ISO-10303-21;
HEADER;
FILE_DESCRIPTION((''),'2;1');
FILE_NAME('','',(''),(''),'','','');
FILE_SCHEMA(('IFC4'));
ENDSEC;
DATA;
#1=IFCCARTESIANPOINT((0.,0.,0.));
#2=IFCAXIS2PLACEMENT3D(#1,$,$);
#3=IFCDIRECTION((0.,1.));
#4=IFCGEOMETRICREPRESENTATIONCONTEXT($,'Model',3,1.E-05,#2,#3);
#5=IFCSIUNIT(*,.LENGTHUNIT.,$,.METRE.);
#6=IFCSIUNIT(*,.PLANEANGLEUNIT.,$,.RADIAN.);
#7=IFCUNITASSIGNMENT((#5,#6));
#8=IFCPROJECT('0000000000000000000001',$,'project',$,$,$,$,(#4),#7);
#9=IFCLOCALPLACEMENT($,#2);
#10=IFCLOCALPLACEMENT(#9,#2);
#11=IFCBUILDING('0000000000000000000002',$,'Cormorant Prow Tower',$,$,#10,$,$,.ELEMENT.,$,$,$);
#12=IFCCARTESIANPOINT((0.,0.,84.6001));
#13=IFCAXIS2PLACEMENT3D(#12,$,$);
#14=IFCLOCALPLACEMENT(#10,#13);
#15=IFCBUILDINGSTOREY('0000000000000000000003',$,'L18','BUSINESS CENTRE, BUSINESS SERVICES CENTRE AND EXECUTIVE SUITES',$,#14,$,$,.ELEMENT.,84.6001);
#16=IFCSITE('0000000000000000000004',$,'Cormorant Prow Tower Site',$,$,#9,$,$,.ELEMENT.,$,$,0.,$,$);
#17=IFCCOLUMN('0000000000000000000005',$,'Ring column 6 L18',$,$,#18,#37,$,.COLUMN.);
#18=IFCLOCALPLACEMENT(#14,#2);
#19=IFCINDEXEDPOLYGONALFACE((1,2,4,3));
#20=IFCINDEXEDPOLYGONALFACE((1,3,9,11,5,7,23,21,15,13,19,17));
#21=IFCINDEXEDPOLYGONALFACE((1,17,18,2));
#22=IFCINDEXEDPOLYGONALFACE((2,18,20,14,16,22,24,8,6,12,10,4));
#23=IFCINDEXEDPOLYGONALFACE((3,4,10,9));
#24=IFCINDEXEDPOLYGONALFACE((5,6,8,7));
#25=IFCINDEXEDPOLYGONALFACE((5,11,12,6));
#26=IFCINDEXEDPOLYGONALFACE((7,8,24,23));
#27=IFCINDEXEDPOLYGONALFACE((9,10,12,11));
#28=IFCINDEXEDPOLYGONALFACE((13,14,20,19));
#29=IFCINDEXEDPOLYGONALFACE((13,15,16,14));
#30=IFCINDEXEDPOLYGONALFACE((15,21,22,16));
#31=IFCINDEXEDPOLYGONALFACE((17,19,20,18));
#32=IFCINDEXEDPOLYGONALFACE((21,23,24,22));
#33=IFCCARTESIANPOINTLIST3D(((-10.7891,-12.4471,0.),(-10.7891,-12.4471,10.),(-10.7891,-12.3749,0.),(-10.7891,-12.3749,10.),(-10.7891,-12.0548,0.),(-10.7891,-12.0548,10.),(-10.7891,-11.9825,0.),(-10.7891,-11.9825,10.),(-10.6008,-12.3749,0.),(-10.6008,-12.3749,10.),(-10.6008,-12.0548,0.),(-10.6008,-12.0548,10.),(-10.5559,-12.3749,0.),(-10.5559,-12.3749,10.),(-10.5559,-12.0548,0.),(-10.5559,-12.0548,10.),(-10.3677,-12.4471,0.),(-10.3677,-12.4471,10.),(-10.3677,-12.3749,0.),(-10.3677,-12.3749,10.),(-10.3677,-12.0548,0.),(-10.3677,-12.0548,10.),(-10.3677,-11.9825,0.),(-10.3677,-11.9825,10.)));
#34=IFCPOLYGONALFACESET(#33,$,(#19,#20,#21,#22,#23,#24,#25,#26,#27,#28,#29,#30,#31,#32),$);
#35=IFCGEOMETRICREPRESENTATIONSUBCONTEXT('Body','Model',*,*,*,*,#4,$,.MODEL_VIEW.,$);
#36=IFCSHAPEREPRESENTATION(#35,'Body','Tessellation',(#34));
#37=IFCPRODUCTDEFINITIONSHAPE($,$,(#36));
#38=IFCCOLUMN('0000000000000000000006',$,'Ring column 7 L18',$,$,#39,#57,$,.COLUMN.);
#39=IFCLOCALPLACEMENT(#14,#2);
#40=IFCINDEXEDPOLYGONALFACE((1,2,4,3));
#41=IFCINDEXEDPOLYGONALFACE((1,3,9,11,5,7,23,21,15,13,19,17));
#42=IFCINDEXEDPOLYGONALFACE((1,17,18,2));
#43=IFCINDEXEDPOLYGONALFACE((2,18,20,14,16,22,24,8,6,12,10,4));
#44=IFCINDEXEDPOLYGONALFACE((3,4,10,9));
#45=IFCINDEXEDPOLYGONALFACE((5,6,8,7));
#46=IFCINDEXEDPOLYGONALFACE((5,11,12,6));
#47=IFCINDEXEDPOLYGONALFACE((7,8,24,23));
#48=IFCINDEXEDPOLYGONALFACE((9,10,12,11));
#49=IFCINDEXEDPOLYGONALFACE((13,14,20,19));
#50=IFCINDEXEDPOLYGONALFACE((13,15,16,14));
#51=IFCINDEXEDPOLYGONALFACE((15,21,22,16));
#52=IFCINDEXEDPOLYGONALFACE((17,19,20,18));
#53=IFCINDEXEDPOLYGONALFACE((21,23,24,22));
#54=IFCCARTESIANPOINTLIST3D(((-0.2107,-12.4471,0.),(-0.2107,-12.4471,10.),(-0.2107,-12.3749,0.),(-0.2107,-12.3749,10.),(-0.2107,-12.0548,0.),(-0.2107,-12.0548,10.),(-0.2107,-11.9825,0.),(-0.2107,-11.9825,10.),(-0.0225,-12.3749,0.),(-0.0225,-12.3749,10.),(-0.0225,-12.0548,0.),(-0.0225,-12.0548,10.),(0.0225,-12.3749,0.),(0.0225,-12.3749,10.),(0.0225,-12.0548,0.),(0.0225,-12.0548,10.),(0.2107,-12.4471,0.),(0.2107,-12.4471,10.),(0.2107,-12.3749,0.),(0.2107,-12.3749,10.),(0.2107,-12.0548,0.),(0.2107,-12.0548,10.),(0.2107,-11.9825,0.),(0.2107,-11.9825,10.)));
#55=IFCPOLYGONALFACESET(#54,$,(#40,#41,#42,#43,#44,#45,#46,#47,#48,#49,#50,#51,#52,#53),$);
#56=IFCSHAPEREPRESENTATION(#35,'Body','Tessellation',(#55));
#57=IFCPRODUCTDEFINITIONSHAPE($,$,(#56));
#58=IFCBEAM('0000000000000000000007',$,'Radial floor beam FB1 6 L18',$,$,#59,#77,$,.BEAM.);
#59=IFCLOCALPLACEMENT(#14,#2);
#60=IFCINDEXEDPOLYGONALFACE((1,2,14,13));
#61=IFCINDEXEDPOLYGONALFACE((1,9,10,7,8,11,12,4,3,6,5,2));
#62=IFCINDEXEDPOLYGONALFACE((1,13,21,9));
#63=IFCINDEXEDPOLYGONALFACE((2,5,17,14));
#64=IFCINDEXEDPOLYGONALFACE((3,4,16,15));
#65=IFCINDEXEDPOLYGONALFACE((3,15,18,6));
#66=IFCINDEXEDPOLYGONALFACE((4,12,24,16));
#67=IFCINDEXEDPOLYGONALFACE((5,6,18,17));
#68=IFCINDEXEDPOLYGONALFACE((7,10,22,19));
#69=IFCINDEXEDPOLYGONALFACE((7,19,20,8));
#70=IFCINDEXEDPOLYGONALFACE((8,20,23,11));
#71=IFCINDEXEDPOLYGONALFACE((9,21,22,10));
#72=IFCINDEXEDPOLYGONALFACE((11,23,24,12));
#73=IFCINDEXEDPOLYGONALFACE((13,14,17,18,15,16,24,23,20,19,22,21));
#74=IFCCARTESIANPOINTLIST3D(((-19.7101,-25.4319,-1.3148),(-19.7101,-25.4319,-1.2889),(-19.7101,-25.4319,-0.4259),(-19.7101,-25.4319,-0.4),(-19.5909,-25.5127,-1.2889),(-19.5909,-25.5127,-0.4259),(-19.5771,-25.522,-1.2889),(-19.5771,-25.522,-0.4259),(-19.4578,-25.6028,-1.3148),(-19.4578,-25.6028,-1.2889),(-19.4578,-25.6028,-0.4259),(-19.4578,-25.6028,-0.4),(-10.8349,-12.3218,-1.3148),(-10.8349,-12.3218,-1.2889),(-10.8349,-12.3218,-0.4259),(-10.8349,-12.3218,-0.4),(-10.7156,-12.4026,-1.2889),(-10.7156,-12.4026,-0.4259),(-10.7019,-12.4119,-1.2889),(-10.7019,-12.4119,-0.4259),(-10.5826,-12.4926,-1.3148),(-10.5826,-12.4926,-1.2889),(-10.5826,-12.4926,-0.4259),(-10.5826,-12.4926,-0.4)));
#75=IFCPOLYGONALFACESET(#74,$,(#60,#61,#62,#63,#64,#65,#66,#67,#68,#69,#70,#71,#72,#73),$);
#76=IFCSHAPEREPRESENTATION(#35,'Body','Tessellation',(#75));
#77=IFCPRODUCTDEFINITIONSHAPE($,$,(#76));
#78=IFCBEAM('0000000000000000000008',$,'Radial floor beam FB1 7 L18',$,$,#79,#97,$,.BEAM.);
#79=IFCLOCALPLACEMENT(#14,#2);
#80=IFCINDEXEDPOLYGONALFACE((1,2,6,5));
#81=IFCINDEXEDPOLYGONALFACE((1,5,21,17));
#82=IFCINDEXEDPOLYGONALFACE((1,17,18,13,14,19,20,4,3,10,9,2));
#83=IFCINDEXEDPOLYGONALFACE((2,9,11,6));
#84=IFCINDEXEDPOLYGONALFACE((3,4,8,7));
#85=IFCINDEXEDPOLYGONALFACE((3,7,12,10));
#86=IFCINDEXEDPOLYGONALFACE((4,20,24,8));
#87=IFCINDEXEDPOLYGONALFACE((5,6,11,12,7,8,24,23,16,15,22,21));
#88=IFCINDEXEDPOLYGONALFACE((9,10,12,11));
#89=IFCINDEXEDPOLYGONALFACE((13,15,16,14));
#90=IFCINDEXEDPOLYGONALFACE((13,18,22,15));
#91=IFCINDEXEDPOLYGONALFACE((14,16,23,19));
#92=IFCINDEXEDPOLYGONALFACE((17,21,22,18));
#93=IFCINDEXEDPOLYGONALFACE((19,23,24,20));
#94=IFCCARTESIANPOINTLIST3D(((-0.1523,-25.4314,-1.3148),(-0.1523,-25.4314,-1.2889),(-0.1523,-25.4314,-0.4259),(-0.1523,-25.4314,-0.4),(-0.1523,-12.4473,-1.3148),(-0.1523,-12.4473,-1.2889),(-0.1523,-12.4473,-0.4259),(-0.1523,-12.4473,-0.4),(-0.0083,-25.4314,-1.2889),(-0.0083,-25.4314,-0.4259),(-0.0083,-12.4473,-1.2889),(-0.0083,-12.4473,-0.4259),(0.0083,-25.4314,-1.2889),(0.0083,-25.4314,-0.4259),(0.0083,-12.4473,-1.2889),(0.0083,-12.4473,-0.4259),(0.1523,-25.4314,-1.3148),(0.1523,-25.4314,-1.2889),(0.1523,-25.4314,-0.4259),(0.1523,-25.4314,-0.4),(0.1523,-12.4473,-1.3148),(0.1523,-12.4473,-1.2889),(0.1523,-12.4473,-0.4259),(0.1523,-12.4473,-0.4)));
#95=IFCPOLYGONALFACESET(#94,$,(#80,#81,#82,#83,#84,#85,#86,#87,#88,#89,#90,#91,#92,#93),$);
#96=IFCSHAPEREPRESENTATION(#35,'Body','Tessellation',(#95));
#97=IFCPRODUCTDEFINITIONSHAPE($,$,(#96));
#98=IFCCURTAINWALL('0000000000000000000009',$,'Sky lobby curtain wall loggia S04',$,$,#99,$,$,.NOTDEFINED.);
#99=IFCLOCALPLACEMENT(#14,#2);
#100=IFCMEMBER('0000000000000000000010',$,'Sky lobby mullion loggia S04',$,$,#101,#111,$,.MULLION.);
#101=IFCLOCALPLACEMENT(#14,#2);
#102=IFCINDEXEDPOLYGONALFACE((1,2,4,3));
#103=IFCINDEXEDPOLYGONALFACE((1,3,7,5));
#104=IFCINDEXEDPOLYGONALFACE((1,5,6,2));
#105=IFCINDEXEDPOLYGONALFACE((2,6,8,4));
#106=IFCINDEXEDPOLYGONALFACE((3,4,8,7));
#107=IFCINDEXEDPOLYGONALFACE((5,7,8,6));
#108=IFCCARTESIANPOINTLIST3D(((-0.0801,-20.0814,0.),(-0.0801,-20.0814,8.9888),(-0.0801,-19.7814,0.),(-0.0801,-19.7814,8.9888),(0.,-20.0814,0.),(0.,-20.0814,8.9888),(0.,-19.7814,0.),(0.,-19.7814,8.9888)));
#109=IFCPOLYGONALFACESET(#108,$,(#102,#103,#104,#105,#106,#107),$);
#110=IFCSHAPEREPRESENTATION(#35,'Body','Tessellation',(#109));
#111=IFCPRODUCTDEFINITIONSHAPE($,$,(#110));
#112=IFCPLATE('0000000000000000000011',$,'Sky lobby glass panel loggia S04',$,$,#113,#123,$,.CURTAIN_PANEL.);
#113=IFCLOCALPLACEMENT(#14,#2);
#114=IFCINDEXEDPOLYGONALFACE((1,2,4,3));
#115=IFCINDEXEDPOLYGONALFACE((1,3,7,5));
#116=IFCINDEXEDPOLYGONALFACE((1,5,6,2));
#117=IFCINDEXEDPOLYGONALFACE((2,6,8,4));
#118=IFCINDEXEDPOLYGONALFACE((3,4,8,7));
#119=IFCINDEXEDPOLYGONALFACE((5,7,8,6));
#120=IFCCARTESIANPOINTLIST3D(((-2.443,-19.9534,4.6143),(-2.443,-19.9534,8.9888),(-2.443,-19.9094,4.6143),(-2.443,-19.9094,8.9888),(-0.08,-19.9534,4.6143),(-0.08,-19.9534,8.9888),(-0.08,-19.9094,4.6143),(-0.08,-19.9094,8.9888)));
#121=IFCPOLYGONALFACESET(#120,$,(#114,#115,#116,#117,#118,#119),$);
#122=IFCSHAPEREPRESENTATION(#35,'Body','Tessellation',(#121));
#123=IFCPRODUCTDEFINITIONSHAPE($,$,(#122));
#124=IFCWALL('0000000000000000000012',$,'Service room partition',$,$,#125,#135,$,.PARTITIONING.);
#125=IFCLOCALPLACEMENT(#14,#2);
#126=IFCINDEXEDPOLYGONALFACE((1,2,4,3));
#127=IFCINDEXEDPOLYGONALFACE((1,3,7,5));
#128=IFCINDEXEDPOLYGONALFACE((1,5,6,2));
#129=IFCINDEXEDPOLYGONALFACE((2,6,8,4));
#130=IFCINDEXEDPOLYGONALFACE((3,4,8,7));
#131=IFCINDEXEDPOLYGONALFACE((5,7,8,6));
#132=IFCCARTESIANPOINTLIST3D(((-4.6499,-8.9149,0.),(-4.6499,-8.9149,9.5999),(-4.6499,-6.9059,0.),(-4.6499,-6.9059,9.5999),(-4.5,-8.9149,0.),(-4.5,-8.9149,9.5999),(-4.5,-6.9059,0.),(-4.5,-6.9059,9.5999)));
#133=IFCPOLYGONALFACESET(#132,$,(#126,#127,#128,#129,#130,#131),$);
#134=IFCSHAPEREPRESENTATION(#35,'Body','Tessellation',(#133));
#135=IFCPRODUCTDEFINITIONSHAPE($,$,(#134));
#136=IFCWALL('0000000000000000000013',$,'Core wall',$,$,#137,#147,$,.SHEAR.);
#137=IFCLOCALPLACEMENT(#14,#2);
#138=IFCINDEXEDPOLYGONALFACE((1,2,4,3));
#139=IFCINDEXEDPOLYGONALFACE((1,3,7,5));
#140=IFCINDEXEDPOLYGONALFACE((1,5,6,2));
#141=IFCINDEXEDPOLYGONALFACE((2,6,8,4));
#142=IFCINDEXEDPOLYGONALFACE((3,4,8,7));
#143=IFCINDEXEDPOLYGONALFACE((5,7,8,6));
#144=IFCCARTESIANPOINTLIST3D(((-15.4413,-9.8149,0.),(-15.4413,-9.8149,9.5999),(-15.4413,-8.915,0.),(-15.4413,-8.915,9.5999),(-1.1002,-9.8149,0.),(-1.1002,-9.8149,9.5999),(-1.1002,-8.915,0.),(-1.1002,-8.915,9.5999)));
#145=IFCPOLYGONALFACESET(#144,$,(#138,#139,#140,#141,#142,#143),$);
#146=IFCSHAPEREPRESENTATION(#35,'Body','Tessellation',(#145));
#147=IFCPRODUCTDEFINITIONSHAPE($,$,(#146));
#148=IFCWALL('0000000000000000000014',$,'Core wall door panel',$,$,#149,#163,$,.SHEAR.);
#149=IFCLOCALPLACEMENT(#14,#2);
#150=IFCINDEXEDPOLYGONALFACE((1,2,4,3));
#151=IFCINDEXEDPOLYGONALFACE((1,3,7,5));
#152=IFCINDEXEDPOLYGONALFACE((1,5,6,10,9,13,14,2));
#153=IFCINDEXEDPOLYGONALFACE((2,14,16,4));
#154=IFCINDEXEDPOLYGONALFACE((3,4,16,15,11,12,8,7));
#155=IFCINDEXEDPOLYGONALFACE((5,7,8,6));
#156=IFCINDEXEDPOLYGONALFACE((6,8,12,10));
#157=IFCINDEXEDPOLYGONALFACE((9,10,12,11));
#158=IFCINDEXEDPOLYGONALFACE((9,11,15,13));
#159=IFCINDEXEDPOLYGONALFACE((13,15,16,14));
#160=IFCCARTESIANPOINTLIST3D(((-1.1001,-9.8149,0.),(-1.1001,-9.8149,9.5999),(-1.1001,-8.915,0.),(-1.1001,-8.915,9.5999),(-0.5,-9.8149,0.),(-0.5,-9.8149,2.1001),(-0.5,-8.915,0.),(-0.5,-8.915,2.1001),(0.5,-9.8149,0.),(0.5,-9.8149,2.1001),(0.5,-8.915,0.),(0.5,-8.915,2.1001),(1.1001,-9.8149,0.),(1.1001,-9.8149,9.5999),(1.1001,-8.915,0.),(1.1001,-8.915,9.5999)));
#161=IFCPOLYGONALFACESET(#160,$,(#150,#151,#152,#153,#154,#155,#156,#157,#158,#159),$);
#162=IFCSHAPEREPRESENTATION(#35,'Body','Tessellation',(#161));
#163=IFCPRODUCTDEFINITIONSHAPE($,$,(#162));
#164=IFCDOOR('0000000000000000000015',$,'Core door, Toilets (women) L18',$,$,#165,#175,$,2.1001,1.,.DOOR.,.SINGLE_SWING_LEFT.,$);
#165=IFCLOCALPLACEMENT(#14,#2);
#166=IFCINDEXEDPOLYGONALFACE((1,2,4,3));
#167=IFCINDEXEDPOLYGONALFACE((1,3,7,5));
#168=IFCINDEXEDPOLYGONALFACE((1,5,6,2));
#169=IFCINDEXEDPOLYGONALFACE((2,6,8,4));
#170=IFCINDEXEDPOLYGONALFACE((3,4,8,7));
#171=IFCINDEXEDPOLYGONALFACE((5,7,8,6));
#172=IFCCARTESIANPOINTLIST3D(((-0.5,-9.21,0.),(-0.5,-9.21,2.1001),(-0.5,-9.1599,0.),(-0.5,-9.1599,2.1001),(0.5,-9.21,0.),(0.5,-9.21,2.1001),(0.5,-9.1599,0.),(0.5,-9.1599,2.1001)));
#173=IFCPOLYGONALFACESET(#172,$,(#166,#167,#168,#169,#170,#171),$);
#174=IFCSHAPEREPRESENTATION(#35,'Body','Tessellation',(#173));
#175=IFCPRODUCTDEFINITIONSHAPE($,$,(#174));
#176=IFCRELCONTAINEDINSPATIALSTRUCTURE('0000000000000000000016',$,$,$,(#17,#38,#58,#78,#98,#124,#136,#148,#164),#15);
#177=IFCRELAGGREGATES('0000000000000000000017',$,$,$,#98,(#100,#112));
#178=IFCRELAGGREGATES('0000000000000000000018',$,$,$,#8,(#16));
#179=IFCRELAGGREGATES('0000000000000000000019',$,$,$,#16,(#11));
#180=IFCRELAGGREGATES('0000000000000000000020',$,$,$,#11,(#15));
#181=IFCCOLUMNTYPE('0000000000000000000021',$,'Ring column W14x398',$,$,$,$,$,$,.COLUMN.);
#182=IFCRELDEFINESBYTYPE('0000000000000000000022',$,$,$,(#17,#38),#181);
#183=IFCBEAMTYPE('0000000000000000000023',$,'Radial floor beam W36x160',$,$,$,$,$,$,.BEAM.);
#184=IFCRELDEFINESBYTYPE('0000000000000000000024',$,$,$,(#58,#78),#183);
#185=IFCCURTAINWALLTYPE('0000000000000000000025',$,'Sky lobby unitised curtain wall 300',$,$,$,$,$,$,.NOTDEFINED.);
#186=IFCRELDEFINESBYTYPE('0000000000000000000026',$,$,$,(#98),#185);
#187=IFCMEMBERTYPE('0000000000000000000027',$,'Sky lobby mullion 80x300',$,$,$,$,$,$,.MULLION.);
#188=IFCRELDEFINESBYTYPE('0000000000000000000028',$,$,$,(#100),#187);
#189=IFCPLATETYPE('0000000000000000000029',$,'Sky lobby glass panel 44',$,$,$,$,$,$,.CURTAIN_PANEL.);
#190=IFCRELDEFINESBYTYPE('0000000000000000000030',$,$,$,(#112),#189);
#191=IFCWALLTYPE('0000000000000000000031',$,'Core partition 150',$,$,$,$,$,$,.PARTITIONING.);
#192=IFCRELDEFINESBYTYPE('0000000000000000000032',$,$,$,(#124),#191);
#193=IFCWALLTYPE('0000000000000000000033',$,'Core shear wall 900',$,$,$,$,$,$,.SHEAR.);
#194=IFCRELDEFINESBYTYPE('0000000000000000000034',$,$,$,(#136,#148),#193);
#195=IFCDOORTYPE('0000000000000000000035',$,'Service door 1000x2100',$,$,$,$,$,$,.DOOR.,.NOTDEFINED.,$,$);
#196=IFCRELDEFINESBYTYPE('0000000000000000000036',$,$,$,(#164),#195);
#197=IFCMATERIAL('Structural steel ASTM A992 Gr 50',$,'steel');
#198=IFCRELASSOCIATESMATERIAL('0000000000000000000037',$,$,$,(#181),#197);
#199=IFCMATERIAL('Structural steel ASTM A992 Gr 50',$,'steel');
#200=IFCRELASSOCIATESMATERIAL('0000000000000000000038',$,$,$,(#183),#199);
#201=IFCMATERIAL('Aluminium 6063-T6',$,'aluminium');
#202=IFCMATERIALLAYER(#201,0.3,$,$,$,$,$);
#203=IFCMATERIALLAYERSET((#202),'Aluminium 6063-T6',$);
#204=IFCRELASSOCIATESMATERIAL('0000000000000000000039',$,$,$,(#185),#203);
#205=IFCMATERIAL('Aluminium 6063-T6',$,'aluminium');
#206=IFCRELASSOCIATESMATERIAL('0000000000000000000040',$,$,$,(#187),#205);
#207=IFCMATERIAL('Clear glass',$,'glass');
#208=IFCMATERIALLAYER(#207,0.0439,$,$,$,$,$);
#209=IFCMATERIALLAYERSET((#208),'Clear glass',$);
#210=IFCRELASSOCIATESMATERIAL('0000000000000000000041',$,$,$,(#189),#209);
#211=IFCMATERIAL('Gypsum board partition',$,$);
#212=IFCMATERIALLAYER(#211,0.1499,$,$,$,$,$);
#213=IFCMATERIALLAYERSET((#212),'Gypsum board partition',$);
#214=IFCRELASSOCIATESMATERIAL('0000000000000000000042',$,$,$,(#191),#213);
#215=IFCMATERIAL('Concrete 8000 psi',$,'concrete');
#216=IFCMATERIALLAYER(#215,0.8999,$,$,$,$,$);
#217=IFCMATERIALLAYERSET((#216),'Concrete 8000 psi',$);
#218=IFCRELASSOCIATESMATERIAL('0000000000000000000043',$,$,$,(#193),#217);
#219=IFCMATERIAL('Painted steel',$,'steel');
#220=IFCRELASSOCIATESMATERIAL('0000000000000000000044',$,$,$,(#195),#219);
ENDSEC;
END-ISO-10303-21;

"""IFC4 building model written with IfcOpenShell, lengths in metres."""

from ifc_helpers import new_model, si_unit, direction, frame, frame_2d, origin, origin_2d, place, context, subcontext, project, spatial, rectangle, i_section, extrude, material, layer, layer_set, material_profile, profile_set, type_object, element, fill, aggregate, save


model = new_model("IFC4")

# Units and contexts
model_context = context("Model", 3, precision=1e-05, world=origin(), true_north=direction((0.0, 1.0)))
body_context = subcontext(model_context, "Body", "Model", "MODEL_VIEW")
ifc_project = project(units=[si_unit("LENGTHUNIT", "METRE"), si_unit("PLANEANGLEUNIT", "RADIAN")], contexts=[model_context])

# Site, building, storey
site_placement = place(None, origin())
site = spatial("IfcSite", under=ifc_project, at=site_placement, Name="Cormorant Prow Tower Site", CompositionType="ELEMENT", RefElevation=0.0)
building_placement = place(site_placement, origin())
building = spatial("IfcBuilding", under=site, at=building_placement, Name="Cormorant Prow Tower", CompositionType="ELEMENT")
storey_placement = place(building_placement, frame((0.0, 0.0, 84.6001)))
storey = spatial("IfcBuildingStorey", under=building, at=storey_placement, Name="L18", Description="BUSINESS CENTRE, BUSINESS SERVICES CENTRE AND EXECUTIVE SUITES", CompositionType="ELEMENT", Elevation=84.6001)

# Columns
ifc_material_1 = material(Name="Structural steel ASTM A992 Gr 50", Category="steel")
ifc_material_profile_1 = material_profile(ifc_material_1, i_section(OverallWidth=0.4214, OverallDepth=0.4646, WebThickness=0.0449, FlangeThickness=0.0723, at=origin_2d()), Name="W14x398")
ifc_profile_set_1 = profile_set([ifc_material_profile_1], Name="Structural steel ASTM A992 Gr 50")
column_type = type_object("IfcColumnType", Name="Ring column W14x398", PredefinedType="COLUMN", material=ifc_profile_set_1)
for number, where, z_axis, x_axis, name in (
    (1, (-10.5784, -12.2148, 0.0), (0.0, 0.0, 1.0), (1.0, 0.0, 0.0), "Ring column 6 L18"),
    (2, (0.0, -12.2148, 0.0), (0.0, 0.0, 1.0), (1.0, 0.0, 0.0), "Ring column 7 L18"),
):
    element("IfcColumn", number, at=place(storey_placement, frame(where, z_axis=z_axis, x_axis=x_axis)), inside=storey, type_object=column_type, Name=name, PredefinedType="COLUMN", context=body_context, shape_type="SweptSolid", body=[
        extrude(i_section(OverallWidth=0.4214, OverallDepth=0.4646, WebThickness=0.0449, FlangeThickness=0.0723, at=origin_2d()), origin(), (0.0, 0.0, 1.0), 10.0),
    ])

# Beams
ifc_material_2 = material(Name="Structural steel ASTM A992 Gr 50", Category="steel")
ifc_material_profile_2 = material_profile(ifc_material_2, i_section(OverallWidth=0.3047, OverallDepth=0.9148, WebThickness=0.0166, FlangeThickness=0.0259, at=origin_2d()), Name="W36x160")
ifc_profile_set_2 = profile_set([ifc_material_profile_2], Name="Structural steel ASTM A992 Gr 50")
beam_type = type_object("IfcBeamType", Name="Radial floor beam W36x160", PredefinedType="BEAM", material=ifc_profile_set_2)
beam_1_placement = place(storey_placement, frame((-10.7087, -12.4072, -0.8574), z_axis=(-0.560597, -0.828089, 0.0), x_axis=(0.828089, -0.560597, 0.0)))
element("IfcBeam", 3, at=beam_1_placement, inside=storey, type_object=beam_type, Name="Radial floor beam FB1 6 L18", PredefinedType="BEAM", context=body_context, shape_type="SweptSolid", body=[
    extrude(i_section(OverallWidth=0.3047, OverallDepth=0.9148, WebThickness=0.0166, FlangeThickness=0.0259, at=origin_2d()), origin(), (0.0, 0.0, 1.0), 15.8318),
])
beam_2_placement = place(storey_placement, frame((0.0, -12.4473, -0.8574), z_axis=(0.0, -1.0, 0.0), x_axis=(1.0, 0.0, 0.0)))
element("IfcBeam", 4, at=beam_2_placement, inside=storey, type_object=beam_type, Name="Radial floor beam FB1 7 L18", PredefinedType="BEAM", context=body_context, shape_type="SweptSolid", body=[
    extrude(i_section(OverallWidth=0.3047, OverallDepth=0.9148, WebThickness=0.0166, FlangeThickness=0.0259, at=origin_2d()), origin(), (0.0, 0.0, 1.0), 12.9841),
])

# Curtain wall, member, plate
ifc_material_3 = material(Name="Aluminium 6063-T6", Category="aluminium")
ifc_layer_1 = layer(ifc_material_3, 0.3)
ifc_layer_set_1 = layer_set([ifc_layer_1], Name="Aluminium 6063-T6")
curtain_wall_type = type_object("IfcCurtainWallType", Name="Sky lobby unitised curtain wall 300", PredefinedType="NOTDEFINED", material=ifc_layer_set_1)
curtain_wall_placement = place(storey_placement, origin())
curtain_wall = element("IfcCurtainWall", 5, at=curtain_wall_placement, inside=storey, type_object=curtain_wall_type, Name="Sky lobby curtain wall loggia S04", PredefinedType="NOTDEFINED")
ifc_material_4 = material(Name="Aluminium 6063-T6", Category="aluminium")
ifc_material_profile_3 = material_profile(ifc_material_4, rectangle(XDim=0.3, YDim=0.0801, at=origin_2d()), Name="Sky lobby mullion 80x300")
ifc_profile_set_3 = profile_set([ifc_material_profile_3], Name="Aluminium 6063-T6")
member_type = type_object("IfcMemberType", Name="Sky lobby mullion 80x300", PredefinedType="MULLION", material=ifc_profile_set_3)
member_placement = place(storey_placement, frame((-0.04, -19.9314, 0.0), z_axis=(0.0, 0.0, 1.0), x_axis=(0.0, 1.0, 0.0)))
member = element("IfcMember", 6, at=member_placement, type_object=member_type, Name="Sky lobby mullion loggia S04", PredefinedType="MULLION", context=body_context, shape_type="SweptSolid", body=[
    extrude(rectangle(XDim=0.3, YDim=0.0801, at=origin_2d()), origin(), (0.0, 0.0, 1.0), 8.9888),
])
ifc_material_5 = material(Name="Clear glass", Category="glass")
ifc_layer_2 = layer(ifc_material_5, 0.0439)
ifc_layer_set_2 = layer_set([ifc_layer_2], Name="Clear glass")
plate_type = type_object("IfcPlateType", Name="Sky lobby glass panel 44", PredefinedType="CURTAIN_PANEL", material=ifc_layer_set_2)
plate_placement = place(storey_placement, frame((-1.2615, -19.9314, 4.6143), z_axis=(0.0, 0.0, 1.0), x_axis=(1.0, 0.0, 0.0)))
plate = element("IfcPlate", 7, at=plate_placement, type_object=plate_type, Name="Sky lobby glass panel loggia S04", PredefinedType="CURTAIN_PANEL", context=body_context, shape_type="SweptSolid", body=[
    extrude(rectangle(XDim=2.363, YDim=0.0439, at=origin_2d()), origin(), (0.0, 0.0, 1.0), 4.3745),
])
aggregate(curtain_wall, [member, plate])

# Walls
ifc_material_6 = material(Name="Gypsum board partition")
ifc_layer_3 = layer(ifc_material_6, 0.1499)
ifc_layer_set_3 = layer_set([ifc_layer_3], Name="Gypsum board partition")
wall_type_1 = type_object("IfcWallType", Name="Core partition 150", PredefinedType="PARTITIONING", material=ifc_layer_set_3)
wall_1_placement = place(storey_placement, frame((-4.575, -6.906, 0.0), z_axis=(0.0, 0.0, 1.0), x_axis=(0.0, -1.0, 0.0)))
element("IfcWall", 8, at=wall_1_placement, inside=storey, type_object=wall_type_1, Name="Service room partition", PredefinedType="PARTITIONING", context=body_context, shape_type="SweptSolid", body=[
    extrude(rectangle(XDim=2.009, YDim=0.1499, at=frame_2d((1.0044, 0.0))), origin(), (0.0, 0.0, 1.0), 9.5999),
])
ifc_material_7 = material(Name="Concrete 8000 psi", Category="concrete")
ifc_layer_4 = layer(ifc_material_7, 0.8999)
ifc_layer_set_4 = layer_set([ifc_layer_4], Name="Concrete 8000 psi")
wall_type_2 = type_object("IfcWallType", Name="Core shear wall 900", PredefinedType="SHEAR", material=ifc_layer_set_4)
wall_2_placement = place(storey_placement, frame((-15.4412, -9.365, 0.0), z_axis=(0.0, 0.0, 1.0), x_axis=(1.0, 0.0, 0.0)))
element("IfcWall", 9, at=wall_2_placement, inside=storey, type_object=wall_type_2, Name="Core wall", PredefinedType="SHEAR", context=body_context, shape_type="SweptSolid", body=[
    extrude(rectangle(XDim=14.3411, YDim=0.8999, at=frame_2d((7.1704, 0.0))), origin(), (0.0, 0.0, 1.0), 9.5999),
])

# Wall, opening, door
wall_3_placement = place(storey_placement, frame((-1.1001, -9.365, 0.0), z_axis=(0.0, 0.0, 1.0), x_axis=(1.0, 0.0, 0.0)))
wall_3 = element("IfcWall", 10, at=wall_3_placement, inside=storey, type_object=wall_type_2, Name="Core wall door panel", PredefinedType="SHEAR", context=body_context, shape_type="SweptSolid", body=[
    extrude(rectangle(XDim=2.2002, YDim=0.8999, at=frame_2d((1.1001, 0.0))), origin(), (0.0, 0.0, 1.0), 9.5999),
])
opening_1_placement = place(wall_3_placement, frame((0.6001, 0.0, 0.0)))
opening_1 = element("IfcOpeningElement", 11, at=opening_1_placement, cuts=wall_3, PredefinedType="OPENING", context=body_context, shape_type="SweptSolid", body=[
    extrude(rectangle(XDim=1.0, YDim=2.1001, at=frame_2d((0.5, 1.05))), frame((0.0, 0.46, 0.0), z_axis=(0.0, -1.0, 0.0), x_axis=(1.0, 0.0, 0.0)), (0.0, 0.0, 1.0), 0.9199),
])
ifc_material_8 = material(Name="Painted steel", Category="steel")
door_type_1 = type_object("IfcDoorType", Name="Service door 1000x2100", OperationType="NOTDEFINED", PredefinedType="DOOR", material=ifc_material_8)
door_1_placement = place(opening_1_placement, origin())
door_1 = element("IfcDoor", 12, at=door_1_placement, inside=storey, type_object=door_type_1, Name="Core door, Toilets (women) L18", OperationType="SINGLE_SWING_LEFT", OverallHeight=2.1001, OverallWidth=1.0, PredefinedType="DOOR", context=body_context, shape_type="SweptSolid", body=[
    extrude(rectangle(XDim=1.0, YDim=2.1001, at=frame_2d((0.5, 1.05))), frame((0.0, 0.2051, 0.0), z_axis=(0.0, -1.0, 0.0), x_axis=(1.0, 0.0, 0.0)), (0.0, 0.0, 1.0), 0.05),
])
fill(opening_1, door_1)

save(model, "model.ifc")
